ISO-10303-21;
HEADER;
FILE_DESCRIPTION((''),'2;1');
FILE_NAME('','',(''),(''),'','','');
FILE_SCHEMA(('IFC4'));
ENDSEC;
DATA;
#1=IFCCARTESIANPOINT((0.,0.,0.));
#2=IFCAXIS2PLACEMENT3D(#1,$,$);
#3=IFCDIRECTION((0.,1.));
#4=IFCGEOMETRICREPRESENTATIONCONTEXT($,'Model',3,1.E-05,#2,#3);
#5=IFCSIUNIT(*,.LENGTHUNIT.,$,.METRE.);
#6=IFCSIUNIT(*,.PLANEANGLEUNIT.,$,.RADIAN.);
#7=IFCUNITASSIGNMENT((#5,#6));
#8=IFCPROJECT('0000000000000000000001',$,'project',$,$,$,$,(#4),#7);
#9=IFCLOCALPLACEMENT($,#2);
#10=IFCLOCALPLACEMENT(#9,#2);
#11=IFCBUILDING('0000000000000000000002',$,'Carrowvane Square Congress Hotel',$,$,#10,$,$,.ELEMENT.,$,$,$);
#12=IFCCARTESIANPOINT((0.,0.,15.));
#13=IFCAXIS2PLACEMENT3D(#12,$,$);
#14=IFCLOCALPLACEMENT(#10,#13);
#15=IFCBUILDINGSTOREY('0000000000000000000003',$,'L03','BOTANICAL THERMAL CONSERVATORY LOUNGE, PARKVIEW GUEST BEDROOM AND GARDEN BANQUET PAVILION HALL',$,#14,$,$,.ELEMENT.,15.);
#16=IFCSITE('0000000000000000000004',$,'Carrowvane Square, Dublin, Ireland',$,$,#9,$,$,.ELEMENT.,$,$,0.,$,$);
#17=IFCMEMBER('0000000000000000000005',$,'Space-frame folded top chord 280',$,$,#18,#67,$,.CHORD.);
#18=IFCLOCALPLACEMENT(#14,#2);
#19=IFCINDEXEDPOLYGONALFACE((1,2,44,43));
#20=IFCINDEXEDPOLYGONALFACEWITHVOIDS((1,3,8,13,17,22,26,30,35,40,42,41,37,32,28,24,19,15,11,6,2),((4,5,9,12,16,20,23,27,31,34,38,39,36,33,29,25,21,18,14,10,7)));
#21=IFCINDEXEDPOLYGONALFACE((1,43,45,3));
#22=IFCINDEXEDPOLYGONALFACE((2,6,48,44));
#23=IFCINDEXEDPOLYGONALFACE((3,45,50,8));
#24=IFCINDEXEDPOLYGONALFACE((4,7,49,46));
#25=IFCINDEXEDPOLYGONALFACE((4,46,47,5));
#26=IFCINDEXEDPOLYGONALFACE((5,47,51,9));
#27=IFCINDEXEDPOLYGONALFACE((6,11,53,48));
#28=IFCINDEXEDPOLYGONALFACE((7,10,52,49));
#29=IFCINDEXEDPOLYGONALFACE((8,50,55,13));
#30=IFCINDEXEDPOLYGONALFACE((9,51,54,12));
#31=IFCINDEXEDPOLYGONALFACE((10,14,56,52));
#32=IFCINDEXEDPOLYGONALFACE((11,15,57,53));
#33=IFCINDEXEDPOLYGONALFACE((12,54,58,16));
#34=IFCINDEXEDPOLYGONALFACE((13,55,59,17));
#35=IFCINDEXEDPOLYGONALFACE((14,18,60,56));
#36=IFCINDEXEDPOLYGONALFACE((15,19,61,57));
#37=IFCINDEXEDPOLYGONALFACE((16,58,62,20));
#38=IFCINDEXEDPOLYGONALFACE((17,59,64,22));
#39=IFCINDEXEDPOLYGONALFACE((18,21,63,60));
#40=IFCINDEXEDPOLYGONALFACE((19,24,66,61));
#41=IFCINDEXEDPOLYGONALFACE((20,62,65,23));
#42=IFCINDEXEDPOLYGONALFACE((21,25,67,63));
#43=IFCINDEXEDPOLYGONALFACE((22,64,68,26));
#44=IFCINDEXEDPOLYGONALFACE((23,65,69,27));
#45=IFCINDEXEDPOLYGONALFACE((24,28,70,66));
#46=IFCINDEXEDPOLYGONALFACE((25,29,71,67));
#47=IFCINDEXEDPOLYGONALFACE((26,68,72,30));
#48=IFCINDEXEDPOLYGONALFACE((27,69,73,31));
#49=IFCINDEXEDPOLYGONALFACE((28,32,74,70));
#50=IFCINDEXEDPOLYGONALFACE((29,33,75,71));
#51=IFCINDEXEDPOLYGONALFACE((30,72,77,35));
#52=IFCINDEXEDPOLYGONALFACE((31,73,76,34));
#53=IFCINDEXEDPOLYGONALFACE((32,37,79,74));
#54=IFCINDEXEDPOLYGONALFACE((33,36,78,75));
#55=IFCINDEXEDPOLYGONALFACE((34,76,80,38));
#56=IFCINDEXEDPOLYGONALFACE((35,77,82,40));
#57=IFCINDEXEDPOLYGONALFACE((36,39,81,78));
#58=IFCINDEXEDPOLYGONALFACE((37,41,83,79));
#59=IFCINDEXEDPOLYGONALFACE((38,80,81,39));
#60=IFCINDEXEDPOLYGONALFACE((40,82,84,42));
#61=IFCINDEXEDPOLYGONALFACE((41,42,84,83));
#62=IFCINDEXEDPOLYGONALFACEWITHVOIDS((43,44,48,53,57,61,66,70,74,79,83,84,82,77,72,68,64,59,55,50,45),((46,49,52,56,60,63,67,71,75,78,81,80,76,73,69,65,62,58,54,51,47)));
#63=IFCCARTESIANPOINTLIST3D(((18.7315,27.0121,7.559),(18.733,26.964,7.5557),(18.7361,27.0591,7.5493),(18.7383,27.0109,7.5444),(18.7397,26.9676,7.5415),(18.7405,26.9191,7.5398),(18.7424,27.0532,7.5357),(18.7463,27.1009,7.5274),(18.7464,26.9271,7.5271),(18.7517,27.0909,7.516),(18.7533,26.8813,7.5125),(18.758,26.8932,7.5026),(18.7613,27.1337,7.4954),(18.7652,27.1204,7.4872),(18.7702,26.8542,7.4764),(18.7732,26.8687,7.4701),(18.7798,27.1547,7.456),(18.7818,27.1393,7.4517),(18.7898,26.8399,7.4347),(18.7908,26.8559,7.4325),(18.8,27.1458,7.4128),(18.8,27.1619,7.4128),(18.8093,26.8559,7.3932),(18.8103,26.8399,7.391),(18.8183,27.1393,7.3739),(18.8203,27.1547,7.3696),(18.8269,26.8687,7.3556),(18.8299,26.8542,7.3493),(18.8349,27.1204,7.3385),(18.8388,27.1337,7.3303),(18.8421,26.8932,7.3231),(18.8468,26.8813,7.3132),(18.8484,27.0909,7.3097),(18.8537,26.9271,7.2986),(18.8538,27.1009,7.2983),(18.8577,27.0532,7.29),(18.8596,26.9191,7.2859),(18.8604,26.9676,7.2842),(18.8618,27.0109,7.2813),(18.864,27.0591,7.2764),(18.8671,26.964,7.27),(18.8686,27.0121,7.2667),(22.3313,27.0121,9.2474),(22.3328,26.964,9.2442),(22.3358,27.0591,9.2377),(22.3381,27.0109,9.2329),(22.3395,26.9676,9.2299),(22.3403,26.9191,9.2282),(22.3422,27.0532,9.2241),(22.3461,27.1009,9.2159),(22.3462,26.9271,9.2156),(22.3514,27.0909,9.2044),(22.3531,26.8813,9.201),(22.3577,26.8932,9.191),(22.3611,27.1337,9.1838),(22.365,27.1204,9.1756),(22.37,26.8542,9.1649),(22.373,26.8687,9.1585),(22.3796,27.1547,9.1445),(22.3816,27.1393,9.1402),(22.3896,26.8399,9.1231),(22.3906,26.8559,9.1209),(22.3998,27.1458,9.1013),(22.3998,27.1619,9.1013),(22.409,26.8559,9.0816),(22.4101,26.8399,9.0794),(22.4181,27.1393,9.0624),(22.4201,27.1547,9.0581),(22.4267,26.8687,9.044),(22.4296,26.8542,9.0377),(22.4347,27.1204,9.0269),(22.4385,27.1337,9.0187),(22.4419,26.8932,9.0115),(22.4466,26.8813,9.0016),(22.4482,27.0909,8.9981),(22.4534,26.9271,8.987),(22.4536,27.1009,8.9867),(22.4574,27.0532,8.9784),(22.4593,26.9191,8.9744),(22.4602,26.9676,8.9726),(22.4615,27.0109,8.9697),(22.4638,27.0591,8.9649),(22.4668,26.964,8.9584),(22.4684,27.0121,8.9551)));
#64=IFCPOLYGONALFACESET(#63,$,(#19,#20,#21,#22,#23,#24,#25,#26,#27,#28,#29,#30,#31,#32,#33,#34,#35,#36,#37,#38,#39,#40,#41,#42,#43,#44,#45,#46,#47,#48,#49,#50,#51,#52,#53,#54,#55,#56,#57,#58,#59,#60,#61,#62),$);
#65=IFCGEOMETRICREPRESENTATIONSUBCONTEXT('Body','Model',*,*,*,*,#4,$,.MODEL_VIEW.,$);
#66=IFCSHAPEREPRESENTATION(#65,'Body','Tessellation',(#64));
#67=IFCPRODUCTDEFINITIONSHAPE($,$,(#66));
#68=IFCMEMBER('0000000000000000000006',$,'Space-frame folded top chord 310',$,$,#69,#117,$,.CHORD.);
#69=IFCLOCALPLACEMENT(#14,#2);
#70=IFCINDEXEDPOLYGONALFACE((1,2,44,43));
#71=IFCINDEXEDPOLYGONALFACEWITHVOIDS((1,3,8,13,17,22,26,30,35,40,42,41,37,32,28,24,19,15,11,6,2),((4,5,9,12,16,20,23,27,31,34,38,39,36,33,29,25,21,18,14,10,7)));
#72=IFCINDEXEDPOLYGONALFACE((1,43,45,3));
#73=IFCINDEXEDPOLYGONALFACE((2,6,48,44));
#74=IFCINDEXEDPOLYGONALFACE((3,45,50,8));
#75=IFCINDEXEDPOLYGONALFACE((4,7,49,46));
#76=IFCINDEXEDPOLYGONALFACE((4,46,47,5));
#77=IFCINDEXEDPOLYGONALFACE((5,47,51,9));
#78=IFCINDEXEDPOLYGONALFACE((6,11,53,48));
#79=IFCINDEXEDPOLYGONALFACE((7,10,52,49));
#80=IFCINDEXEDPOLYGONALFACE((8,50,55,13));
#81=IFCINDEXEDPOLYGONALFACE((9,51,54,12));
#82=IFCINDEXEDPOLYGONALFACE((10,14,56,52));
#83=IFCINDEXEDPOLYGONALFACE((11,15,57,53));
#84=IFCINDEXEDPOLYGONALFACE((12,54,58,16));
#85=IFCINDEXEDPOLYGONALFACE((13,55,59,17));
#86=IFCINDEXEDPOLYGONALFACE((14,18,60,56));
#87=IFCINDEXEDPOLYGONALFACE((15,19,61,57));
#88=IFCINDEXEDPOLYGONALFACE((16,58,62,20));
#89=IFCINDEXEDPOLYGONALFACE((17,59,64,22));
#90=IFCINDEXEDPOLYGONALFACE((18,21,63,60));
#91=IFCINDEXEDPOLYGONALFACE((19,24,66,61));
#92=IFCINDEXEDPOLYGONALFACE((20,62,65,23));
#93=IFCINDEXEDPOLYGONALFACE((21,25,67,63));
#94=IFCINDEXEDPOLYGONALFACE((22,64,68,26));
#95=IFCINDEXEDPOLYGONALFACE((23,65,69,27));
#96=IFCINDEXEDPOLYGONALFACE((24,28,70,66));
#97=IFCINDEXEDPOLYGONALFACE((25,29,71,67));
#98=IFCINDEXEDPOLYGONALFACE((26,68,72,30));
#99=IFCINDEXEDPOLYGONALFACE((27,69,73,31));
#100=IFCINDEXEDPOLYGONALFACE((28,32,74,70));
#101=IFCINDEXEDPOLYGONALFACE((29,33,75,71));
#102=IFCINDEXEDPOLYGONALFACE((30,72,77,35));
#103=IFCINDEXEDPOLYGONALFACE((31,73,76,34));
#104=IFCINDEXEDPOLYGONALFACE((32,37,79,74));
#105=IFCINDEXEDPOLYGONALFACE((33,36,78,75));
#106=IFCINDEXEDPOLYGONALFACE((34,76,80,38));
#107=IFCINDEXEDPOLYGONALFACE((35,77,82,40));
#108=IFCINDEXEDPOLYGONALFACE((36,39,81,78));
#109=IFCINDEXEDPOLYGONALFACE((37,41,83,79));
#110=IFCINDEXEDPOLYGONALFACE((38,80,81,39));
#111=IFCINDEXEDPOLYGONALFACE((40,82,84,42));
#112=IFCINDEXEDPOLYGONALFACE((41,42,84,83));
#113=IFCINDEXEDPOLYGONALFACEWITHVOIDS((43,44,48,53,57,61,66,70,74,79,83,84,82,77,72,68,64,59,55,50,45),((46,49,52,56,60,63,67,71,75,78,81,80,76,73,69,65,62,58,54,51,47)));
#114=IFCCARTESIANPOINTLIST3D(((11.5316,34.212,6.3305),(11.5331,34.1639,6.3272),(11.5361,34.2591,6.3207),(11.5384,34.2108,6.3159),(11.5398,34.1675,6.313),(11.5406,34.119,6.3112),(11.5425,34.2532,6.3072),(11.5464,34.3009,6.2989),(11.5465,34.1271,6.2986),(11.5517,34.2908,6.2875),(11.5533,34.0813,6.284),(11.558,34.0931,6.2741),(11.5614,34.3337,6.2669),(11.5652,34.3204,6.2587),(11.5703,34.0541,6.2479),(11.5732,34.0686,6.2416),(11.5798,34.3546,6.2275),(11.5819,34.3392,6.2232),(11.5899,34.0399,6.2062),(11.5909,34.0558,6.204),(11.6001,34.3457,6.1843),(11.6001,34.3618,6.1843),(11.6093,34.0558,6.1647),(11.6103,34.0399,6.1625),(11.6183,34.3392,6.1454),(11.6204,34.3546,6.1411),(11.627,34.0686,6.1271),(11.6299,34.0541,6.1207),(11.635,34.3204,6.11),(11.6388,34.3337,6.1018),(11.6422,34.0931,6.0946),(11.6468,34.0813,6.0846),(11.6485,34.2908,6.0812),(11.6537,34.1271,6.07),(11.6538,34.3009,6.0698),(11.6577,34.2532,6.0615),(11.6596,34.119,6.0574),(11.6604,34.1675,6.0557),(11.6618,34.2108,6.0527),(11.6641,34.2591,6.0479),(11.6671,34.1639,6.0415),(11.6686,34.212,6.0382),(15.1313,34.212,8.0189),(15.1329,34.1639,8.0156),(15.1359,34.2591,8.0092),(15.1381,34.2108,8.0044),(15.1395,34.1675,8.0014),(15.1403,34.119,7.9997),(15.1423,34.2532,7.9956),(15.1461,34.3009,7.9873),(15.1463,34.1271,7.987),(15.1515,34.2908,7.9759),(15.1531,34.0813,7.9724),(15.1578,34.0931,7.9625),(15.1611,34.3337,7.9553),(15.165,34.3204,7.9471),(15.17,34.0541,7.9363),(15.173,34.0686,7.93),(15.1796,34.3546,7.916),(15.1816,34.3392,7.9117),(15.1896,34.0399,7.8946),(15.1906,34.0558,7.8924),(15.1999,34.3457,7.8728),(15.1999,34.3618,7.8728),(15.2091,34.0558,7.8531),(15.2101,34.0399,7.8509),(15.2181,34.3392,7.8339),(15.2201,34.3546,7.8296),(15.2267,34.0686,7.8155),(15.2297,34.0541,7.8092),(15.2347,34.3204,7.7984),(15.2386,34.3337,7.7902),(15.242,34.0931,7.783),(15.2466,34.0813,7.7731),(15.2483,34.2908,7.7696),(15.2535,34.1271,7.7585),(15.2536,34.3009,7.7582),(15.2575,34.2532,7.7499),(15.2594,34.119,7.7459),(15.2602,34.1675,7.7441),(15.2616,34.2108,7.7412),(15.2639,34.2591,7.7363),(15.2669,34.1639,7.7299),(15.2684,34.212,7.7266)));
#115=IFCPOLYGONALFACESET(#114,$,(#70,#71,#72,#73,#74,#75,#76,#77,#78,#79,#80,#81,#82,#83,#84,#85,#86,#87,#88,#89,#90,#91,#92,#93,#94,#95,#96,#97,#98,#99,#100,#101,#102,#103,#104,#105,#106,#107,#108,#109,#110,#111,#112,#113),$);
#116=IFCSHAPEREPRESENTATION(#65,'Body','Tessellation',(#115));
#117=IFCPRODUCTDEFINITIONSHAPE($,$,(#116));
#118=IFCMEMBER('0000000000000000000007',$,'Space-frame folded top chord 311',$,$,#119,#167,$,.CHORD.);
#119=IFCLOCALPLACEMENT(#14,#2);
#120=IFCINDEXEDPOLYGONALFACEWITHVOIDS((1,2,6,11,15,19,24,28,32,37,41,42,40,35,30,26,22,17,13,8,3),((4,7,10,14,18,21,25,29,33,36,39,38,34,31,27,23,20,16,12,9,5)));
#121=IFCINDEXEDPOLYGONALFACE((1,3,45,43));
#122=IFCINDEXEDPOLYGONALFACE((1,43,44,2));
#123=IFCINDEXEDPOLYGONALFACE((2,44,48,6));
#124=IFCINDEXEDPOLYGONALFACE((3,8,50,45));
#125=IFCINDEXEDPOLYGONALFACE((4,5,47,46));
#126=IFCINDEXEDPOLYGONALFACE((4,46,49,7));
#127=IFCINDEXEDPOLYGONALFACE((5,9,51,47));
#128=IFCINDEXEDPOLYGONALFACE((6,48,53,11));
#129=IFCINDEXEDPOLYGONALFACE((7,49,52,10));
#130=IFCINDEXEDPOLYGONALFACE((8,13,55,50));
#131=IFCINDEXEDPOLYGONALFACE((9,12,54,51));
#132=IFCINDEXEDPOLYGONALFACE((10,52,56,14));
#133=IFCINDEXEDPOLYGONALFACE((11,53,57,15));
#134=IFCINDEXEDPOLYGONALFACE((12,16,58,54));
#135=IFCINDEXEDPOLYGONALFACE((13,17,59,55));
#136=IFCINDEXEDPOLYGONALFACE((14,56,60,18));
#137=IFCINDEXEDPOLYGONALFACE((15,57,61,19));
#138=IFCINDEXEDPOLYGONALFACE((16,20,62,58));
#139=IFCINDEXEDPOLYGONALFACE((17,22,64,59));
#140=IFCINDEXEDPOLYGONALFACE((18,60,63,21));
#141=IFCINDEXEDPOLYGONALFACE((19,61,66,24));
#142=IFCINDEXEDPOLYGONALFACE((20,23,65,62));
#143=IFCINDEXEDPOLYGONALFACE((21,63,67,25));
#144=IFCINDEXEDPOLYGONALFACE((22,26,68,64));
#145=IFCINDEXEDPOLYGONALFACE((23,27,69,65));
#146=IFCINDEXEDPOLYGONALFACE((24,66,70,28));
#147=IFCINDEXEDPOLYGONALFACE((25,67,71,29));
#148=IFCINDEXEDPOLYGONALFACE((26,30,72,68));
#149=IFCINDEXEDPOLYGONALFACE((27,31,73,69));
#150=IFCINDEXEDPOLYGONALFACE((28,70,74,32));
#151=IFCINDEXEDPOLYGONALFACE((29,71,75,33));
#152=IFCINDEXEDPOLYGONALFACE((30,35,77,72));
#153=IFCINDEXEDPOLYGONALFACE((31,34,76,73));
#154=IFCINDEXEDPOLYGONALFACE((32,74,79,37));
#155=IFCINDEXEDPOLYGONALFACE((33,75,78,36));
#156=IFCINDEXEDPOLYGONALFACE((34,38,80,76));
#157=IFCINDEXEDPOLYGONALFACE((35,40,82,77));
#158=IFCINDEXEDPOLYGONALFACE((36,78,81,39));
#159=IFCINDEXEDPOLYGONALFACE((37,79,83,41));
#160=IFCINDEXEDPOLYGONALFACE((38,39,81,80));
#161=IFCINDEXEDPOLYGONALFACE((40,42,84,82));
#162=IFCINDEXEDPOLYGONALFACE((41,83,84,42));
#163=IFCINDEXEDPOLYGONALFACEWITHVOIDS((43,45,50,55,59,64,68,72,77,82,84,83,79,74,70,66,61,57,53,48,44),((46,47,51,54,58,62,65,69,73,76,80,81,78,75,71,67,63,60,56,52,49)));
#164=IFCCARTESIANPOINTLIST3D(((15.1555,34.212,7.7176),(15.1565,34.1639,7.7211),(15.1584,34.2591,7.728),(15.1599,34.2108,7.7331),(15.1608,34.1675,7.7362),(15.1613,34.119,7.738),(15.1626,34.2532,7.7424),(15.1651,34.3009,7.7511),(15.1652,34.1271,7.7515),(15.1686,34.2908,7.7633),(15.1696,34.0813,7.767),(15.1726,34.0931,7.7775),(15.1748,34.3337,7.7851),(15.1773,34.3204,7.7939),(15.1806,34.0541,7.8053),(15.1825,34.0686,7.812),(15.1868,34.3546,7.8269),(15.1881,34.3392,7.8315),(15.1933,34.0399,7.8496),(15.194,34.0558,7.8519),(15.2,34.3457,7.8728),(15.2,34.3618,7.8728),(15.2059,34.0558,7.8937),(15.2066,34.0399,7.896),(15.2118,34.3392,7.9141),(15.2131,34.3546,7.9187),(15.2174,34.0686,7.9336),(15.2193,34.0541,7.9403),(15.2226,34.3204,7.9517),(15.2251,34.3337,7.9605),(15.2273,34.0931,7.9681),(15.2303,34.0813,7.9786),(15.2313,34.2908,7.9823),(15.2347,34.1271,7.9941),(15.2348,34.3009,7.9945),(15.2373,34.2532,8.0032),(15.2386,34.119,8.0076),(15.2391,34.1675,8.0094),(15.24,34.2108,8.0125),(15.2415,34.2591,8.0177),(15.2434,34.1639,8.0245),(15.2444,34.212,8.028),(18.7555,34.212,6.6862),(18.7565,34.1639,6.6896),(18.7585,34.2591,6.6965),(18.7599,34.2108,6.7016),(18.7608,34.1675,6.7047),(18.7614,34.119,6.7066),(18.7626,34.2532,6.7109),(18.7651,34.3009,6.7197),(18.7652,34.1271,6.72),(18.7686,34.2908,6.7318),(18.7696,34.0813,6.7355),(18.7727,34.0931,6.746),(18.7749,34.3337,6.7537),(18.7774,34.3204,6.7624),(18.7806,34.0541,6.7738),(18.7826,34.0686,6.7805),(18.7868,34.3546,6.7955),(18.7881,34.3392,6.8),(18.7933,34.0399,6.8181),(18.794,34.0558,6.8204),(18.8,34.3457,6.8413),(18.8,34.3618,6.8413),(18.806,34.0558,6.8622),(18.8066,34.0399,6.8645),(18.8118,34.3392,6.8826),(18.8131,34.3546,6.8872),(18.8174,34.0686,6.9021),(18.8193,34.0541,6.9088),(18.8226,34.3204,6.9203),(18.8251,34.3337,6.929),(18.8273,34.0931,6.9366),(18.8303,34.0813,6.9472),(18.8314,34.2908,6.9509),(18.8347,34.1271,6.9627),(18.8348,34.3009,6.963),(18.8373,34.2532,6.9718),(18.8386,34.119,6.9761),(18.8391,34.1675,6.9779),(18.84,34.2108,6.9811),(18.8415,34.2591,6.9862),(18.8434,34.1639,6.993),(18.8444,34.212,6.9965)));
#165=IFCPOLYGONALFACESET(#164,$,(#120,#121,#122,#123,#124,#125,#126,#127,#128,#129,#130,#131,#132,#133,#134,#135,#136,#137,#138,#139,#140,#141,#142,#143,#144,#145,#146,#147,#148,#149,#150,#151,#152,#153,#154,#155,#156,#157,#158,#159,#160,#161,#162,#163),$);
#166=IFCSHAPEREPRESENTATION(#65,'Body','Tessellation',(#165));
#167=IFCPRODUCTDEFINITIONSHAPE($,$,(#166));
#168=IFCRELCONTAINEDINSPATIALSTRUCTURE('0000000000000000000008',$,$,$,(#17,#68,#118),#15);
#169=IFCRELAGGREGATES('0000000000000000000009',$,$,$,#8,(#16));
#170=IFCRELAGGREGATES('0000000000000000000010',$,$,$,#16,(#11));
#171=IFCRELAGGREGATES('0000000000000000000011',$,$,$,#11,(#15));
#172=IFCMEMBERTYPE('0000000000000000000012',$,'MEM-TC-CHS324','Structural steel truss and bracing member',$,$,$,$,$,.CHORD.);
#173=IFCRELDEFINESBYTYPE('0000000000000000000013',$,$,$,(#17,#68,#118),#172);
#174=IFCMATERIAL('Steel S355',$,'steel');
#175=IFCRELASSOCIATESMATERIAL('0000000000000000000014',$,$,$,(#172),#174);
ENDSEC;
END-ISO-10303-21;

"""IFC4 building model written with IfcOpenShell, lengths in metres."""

from ifc_helpers import new_model, si_unit, direction, frame, origin, origin_2d, place, context, subcontext, project, spatial, hollow_circle, extrude, material, material_profile, profile_set, type_object, element, save


model = new_model("IFC4")

# Units and contexts
model_context = context("Model", 3, precision=1e-05, world=origin(), true_north=direction((0.0, 1.0)))
body_context = subcontext(model_context, "Body", "Model", "MODEL_VIEW")
ifc_project = project(units=[si_unit("LENGTHUNIT", "METRE"), si_unit("PLANEANGLEUNIT", "RADIAN")], contexts=[model_context])

# Site, building, storey
site_placement = place(None, origin())
site = spatial("IfcSite", under=ifc_project, at=site_placement, Name="Carrowvane Square, Dublin, Ireland", CompositionType="ELEMENT", RefElevation=0.0)
building_placement = place(site_placement, origin())
building = spatial("IfcBuilding", under=site, at=building_placement, Name="Carrowvane Square Congress Hotel", CompositionType="ELEMENT")
storey_placement = place(building_placement, frame((0.0, 0.0, 15.0)))
storey = spatial("IfcBuildingStorey", under=building, at=storey_placement, Name="L03", Description="BOTANICAL THERMAL CONSERVATORY LOUNGE, PARKVIEW GUEST BEDROOM AND GARDEN BANQUET PAVILION HALL", CompositionType="ELEMENT", Elevation=15.0)

# Members
ifc_material_1 = material(Name="Steel S355", Category="steel")
ifc_material_profile_1 = material_profile(ifc_material_1, hollow_circle(Radius=0.1619, WallThickness=0.0161, at=origin_2d()), Name="CHS 323.9x16")
ifc_profile_set_1 = profile_set([ifc_material_profile_1], Name="Steel S355")
member_type_1 = type_object("IfcMemberType", Name="MEM-TC-CHS324", Description="Structural steel truss and bracing member", PredefinedType="CHORD", material=ifc_profile_set_1)
for number, where, z_axis, x_axis, name in (
    (1, (18.8, 27.0, 7.4128), (0.905358, 0.0, 0.424649), (0.0, 1.0, 0.0), "Space-frame folded top chord 280"),
    (2, (11.6001, 34.2, 6.1843), (0.905358, 0.0, 0.424649), (0.0, 1.0, 0.0), "Space-frame folded top chord 310"),
):
    element("IfcMember", number, at=place(storey_placement, frame(where, z_axis=z_axis, x_axis=x_axis)), inside=storey, type_object=member_type_1, Name=name, PredefinedType="CHORD", context=body_context, shape_type="SweptSolid", body=[
        extrude(hollow_circle(Radius=0.1619, WallThickness=0.0161, at=origin_2d()), origin(), (0.0, 0.0, 1.0), 3.9761),
    ])
member_1_placement = place(storey_placement, frame((15.2, 34.2, 7.8728), z_axis=(0.961319, 0.0, -0.275436), x_axis=(0.0, 1.0, 0.0)))
element("IfcMember", 3, at=member_1_placement, inside=storey, type_object=member_type_1, Name="Space-frame folded top chord 311", PredefinedType="CHORD", context=body_context, shape_type="SweptSolid", body=[
    extrude(hollow_circle(Radius=0.1619, WallThickness=0.0161, at=origin_2d()), origin(), (0.0, 0.0, 1.0), 3.7449),
])

save(model, "model.ifc")
